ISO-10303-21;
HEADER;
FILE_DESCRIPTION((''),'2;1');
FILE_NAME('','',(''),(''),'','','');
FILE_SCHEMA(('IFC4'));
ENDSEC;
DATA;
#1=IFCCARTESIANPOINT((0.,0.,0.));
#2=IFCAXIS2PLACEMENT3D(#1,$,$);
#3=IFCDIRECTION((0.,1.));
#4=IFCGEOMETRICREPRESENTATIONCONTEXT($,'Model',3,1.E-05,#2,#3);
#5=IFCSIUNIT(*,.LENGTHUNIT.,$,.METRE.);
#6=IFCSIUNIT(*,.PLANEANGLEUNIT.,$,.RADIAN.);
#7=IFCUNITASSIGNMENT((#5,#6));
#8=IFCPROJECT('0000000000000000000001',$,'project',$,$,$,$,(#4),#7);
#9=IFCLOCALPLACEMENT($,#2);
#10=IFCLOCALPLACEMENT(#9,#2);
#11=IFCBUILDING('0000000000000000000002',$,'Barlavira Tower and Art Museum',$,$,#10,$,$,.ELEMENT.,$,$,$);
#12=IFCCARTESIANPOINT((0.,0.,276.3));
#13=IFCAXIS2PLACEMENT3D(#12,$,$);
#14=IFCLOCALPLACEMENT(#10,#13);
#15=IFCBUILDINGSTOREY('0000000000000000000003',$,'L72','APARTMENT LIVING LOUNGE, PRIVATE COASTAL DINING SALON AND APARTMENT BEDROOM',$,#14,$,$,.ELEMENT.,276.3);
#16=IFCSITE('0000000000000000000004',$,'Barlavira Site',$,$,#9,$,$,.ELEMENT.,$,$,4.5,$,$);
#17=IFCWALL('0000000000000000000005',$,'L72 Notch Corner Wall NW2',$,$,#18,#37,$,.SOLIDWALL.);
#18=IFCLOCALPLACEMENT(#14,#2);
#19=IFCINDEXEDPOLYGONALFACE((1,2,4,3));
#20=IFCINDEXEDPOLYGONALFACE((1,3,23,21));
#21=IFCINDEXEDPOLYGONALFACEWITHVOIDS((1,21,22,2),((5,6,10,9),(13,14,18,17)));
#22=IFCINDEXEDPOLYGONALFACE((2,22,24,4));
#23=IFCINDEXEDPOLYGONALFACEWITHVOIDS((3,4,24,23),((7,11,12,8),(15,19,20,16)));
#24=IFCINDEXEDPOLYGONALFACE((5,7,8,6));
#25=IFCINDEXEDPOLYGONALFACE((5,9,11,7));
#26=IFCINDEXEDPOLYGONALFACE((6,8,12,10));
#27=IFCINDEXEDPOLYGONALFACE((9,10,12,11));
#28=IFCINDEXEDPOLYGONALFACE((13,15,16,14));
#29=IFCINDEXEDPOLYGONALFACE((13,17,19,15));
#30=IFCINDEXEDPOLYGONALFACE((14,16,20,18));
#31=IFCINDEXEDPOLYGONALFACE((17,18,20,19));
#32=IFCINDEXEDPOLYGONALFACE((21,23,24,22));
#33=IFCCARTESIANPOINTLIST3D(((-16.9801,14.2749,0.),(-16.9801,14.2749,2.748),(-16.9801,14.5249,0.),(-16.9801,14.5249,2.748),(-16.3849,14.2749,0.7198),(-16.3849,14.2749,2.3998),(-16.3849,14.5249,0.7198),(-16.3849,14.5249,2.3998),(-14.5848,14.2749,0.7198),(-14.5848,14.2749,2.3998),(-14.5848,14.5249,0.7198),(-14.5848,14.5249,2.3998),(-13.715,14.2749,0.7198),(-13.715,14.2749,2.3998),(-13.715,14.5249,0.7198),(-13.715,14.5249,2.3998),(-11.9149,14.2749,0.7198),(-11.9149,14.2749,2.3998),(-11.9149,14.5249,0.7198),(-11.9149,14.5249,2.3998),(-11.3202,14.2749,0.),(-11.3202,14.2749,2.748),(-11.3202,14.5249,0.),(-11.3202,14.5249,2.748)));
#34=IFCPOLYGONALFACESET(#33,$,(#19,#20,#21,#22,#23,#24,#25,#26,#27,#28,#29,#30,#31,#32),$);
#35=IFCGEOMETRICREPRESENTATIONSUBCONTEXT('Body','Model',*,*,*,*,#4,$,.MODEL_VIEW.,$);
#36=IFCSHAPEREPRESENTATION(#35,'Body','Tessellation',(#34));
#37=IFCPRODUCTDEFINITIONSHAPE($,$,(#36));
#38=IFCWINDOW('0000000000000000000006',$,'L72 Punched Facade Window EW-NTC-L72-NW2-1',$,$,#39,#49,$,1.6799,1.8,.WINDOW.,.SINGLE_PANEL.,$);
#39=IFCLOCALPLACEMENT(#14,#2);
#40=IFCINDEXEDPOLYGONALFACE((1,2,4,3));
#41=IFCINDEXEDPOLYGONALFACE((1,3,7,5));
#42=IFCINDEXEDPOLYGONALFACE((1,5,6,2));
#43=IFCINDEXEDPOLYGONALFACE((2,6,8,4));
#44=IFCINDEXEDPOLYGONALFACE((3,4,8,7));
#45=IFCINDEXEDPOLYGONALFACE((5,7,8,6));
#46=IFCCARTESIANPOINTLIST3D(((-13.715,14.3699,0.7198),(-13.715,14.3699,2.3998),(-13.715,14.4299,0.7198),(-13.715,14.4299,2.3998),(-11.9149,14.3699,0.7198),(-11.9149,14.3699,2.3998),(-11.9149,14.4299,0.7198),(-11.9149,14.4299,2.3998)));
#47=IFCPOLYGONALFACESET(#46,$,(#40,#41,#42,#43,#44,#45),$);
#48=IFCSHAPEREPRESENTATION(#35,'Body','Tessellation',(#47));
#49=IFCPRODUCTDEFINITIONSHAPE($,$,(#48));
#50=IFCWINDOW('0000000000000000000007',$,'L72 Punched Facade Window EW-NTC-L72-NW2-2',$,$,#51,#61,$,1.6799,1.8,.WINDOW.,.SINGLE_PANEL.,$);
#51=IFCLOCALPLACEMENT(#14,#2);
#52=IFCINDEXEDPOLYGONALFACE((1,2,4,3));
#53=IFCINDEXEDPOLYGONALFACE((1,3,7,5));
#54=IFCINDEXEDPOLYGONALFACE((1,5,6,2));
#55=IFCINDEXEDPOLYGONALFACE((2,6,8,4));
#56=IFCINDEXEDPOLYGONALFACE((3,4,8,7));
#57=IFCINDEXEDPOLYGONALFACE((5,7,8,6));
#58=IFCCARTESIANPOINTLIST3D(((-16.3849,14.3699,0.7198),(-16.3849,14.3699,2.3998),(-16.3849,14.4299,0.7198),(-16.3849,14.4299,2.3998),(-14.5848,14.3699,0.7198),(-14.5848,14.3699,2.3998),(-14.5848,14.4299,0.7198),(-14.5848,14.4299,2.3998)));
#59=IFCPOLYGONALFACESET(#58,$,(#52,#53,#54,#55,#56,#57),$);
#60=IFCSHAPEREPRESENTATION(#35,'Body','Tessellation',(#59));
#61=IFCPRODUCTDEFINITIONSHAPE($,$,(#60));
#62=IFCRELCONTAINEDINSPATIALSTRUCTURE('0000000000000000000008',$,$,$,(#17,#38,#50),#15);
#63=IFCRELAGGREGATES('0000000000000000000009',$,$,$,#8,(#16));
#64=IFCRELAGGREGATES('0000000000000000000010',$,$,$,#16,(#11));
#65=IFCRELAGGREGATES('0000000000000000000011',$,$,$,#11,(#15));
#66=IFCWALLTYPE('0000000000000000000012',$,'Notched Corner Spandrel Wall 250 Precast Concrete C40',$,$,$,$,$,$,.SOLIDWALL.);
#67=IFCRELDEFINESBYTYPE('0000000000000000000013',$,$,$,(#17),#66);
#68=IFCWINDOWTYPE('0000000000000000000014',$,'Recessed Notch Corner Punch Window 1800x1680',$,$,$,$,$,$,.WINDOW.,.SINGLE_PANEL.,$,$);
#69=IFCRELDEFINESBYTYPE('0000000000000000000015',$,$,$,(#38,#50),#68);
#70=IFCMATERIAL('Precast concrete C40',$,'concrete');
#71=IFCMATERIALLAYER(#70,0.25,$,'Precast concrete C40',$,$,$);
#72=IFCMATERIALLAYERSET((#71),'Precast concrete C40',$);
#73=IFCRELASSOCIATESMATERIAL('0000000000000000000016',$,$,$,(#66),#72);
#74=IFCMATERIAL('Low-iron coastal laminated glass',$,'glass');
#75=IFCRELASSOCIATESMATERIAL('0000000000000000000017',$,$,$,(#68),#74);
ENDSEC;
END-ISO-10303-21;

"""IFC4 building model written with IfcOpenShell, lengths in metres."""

from ifc_helpers import new_model, si_unit, direction, frame, frame_2d, origin, place, context, subcontext, project, spatial, rectangle, extrude, material, layer, layer_set, type_object, element, fill, save


model = new_model("IFC4")

# Units and contexts
model_context = context("Model", 3, precision=1e-05, world=origin(), true_north=direction((0.0, 1.0)))
body_context = subcontext(model_context, "Body", "Model", "MODEL_VIEW")
ifc_project = project(units=[si_unit("LENGTHUNIT", "METRE"), si_unit("PLANEANGLEUNIT", "RADIAN")], contexts=[model_context])

# Site, building, storey
site_placement = place(None, origin())
site = spatial("IfcSite", under=ifc_project, at=site_placement, Name="Barlavira Site", CompositionType="ELEMENT", RefElevation=4.5)
building_placement = place(site_placement, origin())
building = spatial("IfcBuilding", under=site, at=building_placement, Name="Barlavira Tower and Art Museum", CompositionType="ELEMENT")
storey_placement = place(building_placement, frame((0.0, 0.0, 276.3)))
storey = spatial("IfcBuildingStorey", under=building, at=storey_placement, Name="L72", Description="APARTMENT LIVING LOUNGE, PRIVATE COASTAL DINING SALON AND APARTMENT BEDROOM", CompositionType="ELEMENT", Elevation=276.3)

# Shared definitions
ifc_material_1 = material(Name="Precast concrete C40", Category="concrete")
ifc_layer_1 = layer(ifc_material_1, 0.25, Name="Precast concrete C40")
ifc_layer_set_1 = layer_set([ifc_layer_1], Name="Precast concrete C40")
wall_type_1 = type_object("IfcWallType", Name="Notched Corner Spandrel Wall 250 Precast Concrete C40", PredefinedType="SOLIDWALL", material=ifc_layer_set_1)
ifc_material_2 = material(Name="Low-iron coastal laminated glass", Category="glass")
window_type = type_object("IfcWindowType", Name="Recessed Notch Corner Punch Window 1800x1680", PartitioningType="SINGLE_PANEL", PredefinedType="WINDOW", material=ifc_material_2)

# Wall, openings, windows
wall_1_placement = place(storey_placement, frame((-11.3201, 14.3999, 0.0), z_axis=(0.0, 0.0, 1.0), x_axis=(-1.0, 0.0, 0.0)))
wall_1 = element("IfcWall", 1, at=wall_1_placement, inside=storey, type_object=wall_type_1, Name="L72 Notch Corner Wall NW2", PredefinedType="SOLIDWALL", context=body_context, shape_type="SweptSolid", body=[
    extrude(rectangle(XDim=5.6599, YDim=0.25, at=frame_2d((2.8301, 0.0))), origin(), (0.0, 0.0, 1.0), 2.748),
])
opening_1_placement = place(wall_1_placement, frame((0.595, 0.0, 0.72)))
opening_1 = element("IfcOpeningElement", 2, at=opening_1_placement, cuts=wall_1, PredefinedType="OPENING", context=body_context, shape_type="SweptSolid", body=[
    extrude(rectangle(XDim=1.8, YDim=1.6799, at=frame_2d((0.8999, 0.8398))), frame((0.0, 0.135, 0.0), z_axis=(0.0, -1.0, 0.0), x_axis=(1.0, 0.0, 0.0)), (0.0, 0.0, 1.0), 0.27),
])
opening_2_placement = place(wall_1_placement, frame((3.2649, 0.0, 0.72)))
opening_2 = element("IfcOpeningElement", 3, at=opening_2_placement, cuts=wall_1, PredefinedType="OPENING", context=body_context, shape_type="SweptSolid", body=[
    extrude(rectangle(XDim=1.8, YDim=1.6799, at=frame_2d((0.8999, 0.8398))), frame((0.0, 0.135, 0.0), z_axis=(0.0, -1.0, 0.0), x_axis=(1.0, 0.0, 0.0)), (0.0, 0.0, 1.0), 0.27),
])
window_1_placement = place(opening_1_placement, origin())
window_1 = element("IfcWindow", 4, at=window_1_placement, inside=storey, type_object=window_type, Name="L72 Punched Facade Window EW-NTC-L72-NW2-1", OverallHeight=1.6799, OverallWidth=1.8, PartitioningType="SINGLE_PANEL", PredefinedType="WINDOW", context=body_context, shape_type="SweptSolid", body=[
    extrude(rectangle(XDim=1.8, YDim=1.6799, at=frame_2d((0.8999, 0.8398))), frame((0.0, 0.03, 0.0), z_axis=(0.0, -1.0, 0.0), x_axis=(1.0, 0.0, 0.0)), (0.0, 0.0, 1.0), 0.0601),
])
fill(opening_1, window_1)
window_2_placement = place(opening_2_placement, origin())
window_2 = element("IfcWindow", 5, at=window_2_placement, inside=storey, type_object=window_type, Name="L72 Punched Facade Window EW-NTC-L72-NW2-2", OverallHeight=1.6799, OverallWidth=1.8, PartitioningType="SINGLE_PANEL", PredefinedType="WINDOW", context=body_context, shape_type="SweptSolid", body=[
    extrude(rectangle(XDim=1.8, YDim=1.6799, at=frame_2d((0.8999, 0.8398))), frame((0.0, 0.03, 0.0), z_axis=(0.0, -1.0, 0.0), x_axis=(1.0, 0.0, 0.0)), (0.0, 0.0, 1.0), 0.0601),
])
fill(opening_2, window_2)

save(model, "model.ifc")
